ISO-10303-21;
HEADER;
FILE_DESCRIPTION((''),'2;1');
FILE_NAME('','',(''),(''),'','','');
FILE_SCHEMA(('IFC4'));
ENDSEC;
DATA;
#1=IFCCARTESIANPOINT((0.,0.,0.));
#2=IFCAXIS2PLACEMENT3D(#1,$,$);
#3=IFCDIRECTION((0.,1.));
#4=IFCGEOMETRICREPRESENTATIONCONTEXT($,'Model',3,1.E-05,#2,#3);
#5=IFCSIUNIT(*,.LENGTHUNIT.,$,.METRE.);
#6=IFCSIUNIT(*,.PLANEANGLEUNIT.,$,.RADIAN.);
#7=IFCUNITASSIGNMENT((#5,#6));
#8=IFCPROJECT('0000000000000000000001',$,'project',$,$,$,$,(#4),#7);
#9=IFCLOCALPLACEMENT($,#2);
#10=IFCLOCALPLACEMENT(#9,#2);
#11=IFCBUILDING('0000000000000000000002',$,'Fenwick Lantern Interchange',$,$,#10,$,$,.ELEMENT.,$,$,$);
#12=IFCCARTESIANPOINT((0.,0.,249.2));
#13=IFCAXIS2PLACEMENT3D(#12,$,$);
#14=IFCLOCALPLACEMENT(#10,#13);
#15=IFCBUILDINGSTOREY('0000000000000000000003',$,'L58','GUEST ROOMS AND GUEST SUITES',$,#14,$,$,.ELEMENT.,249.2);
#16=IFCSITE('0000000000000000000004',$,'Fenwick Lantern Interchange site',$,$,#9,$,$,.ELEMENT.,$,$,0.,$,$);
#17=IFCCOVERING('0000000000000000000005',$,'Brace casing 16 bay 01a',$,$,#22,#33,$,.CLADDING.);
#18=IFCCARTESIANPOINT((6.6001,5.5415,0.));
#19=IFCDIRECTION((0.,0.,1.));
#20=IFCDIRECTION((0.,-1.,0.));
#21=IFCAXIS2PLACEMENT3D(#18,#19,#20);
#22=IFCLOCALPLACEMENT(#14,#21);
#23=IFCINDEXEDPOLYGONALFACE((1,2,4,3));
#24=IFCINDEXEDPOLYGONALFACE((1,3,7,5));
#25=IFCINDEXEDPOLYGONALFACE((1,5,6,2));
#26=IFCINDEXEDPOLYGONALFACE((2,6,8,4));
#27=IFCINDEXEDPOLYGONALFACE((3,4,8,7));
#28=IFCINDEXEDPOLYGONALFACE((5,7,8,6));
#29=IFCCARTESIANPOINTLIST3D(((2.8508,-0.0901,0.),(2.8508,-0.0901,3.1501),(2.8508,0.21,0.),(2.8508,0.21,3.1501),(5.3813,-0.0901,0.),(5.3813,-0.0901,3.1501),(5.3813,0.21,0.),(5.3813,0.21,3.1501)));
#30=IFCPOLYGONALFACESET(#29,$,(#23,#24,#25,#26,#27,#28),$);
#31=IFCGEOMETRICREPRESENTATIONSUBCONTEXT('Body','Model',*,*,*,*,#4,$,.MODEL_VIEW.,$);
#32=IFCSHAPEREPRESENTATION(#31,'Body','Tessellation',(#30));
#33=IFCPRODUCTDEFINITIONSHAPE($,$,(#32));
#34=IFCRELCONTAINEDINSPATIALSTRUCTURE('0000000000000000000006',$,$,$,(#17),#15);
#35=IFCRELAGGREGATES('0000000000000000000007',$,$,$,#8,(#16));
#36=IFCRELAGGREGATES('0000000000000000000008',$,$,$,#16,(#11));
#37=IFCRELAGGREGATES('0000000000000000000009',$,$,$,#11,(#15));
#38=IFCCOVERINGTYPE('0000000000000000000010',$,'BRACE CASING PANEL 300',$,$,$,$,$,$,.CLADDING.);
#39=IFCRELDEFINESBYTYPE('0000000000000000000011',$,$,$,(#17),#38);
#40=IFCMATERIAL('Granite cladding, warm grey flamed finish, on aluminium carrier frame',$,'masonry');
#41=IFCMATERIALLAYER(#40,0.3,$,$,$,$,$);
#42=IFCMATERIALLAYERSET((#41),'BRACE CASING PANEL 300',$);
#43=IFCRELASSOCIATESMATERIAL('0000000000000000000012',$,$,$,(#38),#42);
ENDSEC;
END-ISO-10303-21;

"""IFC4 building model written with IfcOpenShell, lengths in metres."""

from ifc_helpers import new_model, si_unit, direction, frame, origin, place, context, subcontext, project, spatial, polyline, outline, extrude, material, layer, layer_set, type_object, element, save


model = new_model("IFC4")

# Units and contexts
model_context = context("Model", 3, precision=1e-05, world=origin(), true_north=direction((0.0, 1.0)))
body_context = subcontext(model_context, "Body", "Model", "MODEL_VIEW")
ifc_project = project(units=[si_unit("LENGTHUNIT", "METRE"), si_unit("PLANEANGLEUNIT", "RADIAN")], contexts=[model_context])

# Site, building, storey
site_placement = place(None, origin())
site = spatial("IfcSite", under=ifc_project, at=site_placement, Name="Fenwick Lantern Interchange site", CompositionType="ELEMENT", RefElevation=0.0)
building_placement = place(site_placement, origin())
building = spatial("IfcBuilding", under=site, at=building_placement, Name="Fenwick Lantern Interchange", CompositionType="ELEMENT")
storey_placement = place(building_placement, frame((0.0, 0.0, 249.2)))
storey = spatial("IfcBuildingStorey", under=building, at=storey_placement, Name="L58", Description="GUEST ROOMS AND GUEST SUITES", CompositionType="ELEMENT", Elevation=249.2)

# Covering
ifc_material_1 = material(Name="Granite cladding, warm grey flamed finish, on aluminium carrier frame", Category="masonry")
ifc_layer_1 = layer(ifc_material_1, 0.3)
ifc_layer_set_1 = layer_set([ifc_layer_1], Name="BRACE CASING PANEL 300")
covering_type_1 = type_object("IfcCoveringType", Name="BRACE CASING PANEL 300", PredefinedType="CLADDING", material=ifc_layer_set_1)
covering_1_placement = place(storey_placement, frame((6.6001, 5.5415, 0.0), z_axis=(0.0, 0.0, 1.0), x_axis=(0.0, -1.0, 0.0)))
element("IfcCovering", 1, at=covering_1_placement, inside=storey, type_object=covering_type_1, Name="Brace casing 16 bay 01a", PredefinedType="CLADDING", context=body_context, shape_type="SweptSolid", body=[
    extrude(outline(polyline([(2.8508, 0.0), (5.3813, 0.0), (5.3813, 3.1501), (2.8508, 3.1501), (2.8508, 0.0)])), frame((0.0, 0.21, 0.0), z_axis=(0.0, -1.0, 0.0), x_axis=(1.0, 0.0, 0.0)), (0.0, 0.0, 1.0), 0.3),
])

save(model, "model.ifc")
